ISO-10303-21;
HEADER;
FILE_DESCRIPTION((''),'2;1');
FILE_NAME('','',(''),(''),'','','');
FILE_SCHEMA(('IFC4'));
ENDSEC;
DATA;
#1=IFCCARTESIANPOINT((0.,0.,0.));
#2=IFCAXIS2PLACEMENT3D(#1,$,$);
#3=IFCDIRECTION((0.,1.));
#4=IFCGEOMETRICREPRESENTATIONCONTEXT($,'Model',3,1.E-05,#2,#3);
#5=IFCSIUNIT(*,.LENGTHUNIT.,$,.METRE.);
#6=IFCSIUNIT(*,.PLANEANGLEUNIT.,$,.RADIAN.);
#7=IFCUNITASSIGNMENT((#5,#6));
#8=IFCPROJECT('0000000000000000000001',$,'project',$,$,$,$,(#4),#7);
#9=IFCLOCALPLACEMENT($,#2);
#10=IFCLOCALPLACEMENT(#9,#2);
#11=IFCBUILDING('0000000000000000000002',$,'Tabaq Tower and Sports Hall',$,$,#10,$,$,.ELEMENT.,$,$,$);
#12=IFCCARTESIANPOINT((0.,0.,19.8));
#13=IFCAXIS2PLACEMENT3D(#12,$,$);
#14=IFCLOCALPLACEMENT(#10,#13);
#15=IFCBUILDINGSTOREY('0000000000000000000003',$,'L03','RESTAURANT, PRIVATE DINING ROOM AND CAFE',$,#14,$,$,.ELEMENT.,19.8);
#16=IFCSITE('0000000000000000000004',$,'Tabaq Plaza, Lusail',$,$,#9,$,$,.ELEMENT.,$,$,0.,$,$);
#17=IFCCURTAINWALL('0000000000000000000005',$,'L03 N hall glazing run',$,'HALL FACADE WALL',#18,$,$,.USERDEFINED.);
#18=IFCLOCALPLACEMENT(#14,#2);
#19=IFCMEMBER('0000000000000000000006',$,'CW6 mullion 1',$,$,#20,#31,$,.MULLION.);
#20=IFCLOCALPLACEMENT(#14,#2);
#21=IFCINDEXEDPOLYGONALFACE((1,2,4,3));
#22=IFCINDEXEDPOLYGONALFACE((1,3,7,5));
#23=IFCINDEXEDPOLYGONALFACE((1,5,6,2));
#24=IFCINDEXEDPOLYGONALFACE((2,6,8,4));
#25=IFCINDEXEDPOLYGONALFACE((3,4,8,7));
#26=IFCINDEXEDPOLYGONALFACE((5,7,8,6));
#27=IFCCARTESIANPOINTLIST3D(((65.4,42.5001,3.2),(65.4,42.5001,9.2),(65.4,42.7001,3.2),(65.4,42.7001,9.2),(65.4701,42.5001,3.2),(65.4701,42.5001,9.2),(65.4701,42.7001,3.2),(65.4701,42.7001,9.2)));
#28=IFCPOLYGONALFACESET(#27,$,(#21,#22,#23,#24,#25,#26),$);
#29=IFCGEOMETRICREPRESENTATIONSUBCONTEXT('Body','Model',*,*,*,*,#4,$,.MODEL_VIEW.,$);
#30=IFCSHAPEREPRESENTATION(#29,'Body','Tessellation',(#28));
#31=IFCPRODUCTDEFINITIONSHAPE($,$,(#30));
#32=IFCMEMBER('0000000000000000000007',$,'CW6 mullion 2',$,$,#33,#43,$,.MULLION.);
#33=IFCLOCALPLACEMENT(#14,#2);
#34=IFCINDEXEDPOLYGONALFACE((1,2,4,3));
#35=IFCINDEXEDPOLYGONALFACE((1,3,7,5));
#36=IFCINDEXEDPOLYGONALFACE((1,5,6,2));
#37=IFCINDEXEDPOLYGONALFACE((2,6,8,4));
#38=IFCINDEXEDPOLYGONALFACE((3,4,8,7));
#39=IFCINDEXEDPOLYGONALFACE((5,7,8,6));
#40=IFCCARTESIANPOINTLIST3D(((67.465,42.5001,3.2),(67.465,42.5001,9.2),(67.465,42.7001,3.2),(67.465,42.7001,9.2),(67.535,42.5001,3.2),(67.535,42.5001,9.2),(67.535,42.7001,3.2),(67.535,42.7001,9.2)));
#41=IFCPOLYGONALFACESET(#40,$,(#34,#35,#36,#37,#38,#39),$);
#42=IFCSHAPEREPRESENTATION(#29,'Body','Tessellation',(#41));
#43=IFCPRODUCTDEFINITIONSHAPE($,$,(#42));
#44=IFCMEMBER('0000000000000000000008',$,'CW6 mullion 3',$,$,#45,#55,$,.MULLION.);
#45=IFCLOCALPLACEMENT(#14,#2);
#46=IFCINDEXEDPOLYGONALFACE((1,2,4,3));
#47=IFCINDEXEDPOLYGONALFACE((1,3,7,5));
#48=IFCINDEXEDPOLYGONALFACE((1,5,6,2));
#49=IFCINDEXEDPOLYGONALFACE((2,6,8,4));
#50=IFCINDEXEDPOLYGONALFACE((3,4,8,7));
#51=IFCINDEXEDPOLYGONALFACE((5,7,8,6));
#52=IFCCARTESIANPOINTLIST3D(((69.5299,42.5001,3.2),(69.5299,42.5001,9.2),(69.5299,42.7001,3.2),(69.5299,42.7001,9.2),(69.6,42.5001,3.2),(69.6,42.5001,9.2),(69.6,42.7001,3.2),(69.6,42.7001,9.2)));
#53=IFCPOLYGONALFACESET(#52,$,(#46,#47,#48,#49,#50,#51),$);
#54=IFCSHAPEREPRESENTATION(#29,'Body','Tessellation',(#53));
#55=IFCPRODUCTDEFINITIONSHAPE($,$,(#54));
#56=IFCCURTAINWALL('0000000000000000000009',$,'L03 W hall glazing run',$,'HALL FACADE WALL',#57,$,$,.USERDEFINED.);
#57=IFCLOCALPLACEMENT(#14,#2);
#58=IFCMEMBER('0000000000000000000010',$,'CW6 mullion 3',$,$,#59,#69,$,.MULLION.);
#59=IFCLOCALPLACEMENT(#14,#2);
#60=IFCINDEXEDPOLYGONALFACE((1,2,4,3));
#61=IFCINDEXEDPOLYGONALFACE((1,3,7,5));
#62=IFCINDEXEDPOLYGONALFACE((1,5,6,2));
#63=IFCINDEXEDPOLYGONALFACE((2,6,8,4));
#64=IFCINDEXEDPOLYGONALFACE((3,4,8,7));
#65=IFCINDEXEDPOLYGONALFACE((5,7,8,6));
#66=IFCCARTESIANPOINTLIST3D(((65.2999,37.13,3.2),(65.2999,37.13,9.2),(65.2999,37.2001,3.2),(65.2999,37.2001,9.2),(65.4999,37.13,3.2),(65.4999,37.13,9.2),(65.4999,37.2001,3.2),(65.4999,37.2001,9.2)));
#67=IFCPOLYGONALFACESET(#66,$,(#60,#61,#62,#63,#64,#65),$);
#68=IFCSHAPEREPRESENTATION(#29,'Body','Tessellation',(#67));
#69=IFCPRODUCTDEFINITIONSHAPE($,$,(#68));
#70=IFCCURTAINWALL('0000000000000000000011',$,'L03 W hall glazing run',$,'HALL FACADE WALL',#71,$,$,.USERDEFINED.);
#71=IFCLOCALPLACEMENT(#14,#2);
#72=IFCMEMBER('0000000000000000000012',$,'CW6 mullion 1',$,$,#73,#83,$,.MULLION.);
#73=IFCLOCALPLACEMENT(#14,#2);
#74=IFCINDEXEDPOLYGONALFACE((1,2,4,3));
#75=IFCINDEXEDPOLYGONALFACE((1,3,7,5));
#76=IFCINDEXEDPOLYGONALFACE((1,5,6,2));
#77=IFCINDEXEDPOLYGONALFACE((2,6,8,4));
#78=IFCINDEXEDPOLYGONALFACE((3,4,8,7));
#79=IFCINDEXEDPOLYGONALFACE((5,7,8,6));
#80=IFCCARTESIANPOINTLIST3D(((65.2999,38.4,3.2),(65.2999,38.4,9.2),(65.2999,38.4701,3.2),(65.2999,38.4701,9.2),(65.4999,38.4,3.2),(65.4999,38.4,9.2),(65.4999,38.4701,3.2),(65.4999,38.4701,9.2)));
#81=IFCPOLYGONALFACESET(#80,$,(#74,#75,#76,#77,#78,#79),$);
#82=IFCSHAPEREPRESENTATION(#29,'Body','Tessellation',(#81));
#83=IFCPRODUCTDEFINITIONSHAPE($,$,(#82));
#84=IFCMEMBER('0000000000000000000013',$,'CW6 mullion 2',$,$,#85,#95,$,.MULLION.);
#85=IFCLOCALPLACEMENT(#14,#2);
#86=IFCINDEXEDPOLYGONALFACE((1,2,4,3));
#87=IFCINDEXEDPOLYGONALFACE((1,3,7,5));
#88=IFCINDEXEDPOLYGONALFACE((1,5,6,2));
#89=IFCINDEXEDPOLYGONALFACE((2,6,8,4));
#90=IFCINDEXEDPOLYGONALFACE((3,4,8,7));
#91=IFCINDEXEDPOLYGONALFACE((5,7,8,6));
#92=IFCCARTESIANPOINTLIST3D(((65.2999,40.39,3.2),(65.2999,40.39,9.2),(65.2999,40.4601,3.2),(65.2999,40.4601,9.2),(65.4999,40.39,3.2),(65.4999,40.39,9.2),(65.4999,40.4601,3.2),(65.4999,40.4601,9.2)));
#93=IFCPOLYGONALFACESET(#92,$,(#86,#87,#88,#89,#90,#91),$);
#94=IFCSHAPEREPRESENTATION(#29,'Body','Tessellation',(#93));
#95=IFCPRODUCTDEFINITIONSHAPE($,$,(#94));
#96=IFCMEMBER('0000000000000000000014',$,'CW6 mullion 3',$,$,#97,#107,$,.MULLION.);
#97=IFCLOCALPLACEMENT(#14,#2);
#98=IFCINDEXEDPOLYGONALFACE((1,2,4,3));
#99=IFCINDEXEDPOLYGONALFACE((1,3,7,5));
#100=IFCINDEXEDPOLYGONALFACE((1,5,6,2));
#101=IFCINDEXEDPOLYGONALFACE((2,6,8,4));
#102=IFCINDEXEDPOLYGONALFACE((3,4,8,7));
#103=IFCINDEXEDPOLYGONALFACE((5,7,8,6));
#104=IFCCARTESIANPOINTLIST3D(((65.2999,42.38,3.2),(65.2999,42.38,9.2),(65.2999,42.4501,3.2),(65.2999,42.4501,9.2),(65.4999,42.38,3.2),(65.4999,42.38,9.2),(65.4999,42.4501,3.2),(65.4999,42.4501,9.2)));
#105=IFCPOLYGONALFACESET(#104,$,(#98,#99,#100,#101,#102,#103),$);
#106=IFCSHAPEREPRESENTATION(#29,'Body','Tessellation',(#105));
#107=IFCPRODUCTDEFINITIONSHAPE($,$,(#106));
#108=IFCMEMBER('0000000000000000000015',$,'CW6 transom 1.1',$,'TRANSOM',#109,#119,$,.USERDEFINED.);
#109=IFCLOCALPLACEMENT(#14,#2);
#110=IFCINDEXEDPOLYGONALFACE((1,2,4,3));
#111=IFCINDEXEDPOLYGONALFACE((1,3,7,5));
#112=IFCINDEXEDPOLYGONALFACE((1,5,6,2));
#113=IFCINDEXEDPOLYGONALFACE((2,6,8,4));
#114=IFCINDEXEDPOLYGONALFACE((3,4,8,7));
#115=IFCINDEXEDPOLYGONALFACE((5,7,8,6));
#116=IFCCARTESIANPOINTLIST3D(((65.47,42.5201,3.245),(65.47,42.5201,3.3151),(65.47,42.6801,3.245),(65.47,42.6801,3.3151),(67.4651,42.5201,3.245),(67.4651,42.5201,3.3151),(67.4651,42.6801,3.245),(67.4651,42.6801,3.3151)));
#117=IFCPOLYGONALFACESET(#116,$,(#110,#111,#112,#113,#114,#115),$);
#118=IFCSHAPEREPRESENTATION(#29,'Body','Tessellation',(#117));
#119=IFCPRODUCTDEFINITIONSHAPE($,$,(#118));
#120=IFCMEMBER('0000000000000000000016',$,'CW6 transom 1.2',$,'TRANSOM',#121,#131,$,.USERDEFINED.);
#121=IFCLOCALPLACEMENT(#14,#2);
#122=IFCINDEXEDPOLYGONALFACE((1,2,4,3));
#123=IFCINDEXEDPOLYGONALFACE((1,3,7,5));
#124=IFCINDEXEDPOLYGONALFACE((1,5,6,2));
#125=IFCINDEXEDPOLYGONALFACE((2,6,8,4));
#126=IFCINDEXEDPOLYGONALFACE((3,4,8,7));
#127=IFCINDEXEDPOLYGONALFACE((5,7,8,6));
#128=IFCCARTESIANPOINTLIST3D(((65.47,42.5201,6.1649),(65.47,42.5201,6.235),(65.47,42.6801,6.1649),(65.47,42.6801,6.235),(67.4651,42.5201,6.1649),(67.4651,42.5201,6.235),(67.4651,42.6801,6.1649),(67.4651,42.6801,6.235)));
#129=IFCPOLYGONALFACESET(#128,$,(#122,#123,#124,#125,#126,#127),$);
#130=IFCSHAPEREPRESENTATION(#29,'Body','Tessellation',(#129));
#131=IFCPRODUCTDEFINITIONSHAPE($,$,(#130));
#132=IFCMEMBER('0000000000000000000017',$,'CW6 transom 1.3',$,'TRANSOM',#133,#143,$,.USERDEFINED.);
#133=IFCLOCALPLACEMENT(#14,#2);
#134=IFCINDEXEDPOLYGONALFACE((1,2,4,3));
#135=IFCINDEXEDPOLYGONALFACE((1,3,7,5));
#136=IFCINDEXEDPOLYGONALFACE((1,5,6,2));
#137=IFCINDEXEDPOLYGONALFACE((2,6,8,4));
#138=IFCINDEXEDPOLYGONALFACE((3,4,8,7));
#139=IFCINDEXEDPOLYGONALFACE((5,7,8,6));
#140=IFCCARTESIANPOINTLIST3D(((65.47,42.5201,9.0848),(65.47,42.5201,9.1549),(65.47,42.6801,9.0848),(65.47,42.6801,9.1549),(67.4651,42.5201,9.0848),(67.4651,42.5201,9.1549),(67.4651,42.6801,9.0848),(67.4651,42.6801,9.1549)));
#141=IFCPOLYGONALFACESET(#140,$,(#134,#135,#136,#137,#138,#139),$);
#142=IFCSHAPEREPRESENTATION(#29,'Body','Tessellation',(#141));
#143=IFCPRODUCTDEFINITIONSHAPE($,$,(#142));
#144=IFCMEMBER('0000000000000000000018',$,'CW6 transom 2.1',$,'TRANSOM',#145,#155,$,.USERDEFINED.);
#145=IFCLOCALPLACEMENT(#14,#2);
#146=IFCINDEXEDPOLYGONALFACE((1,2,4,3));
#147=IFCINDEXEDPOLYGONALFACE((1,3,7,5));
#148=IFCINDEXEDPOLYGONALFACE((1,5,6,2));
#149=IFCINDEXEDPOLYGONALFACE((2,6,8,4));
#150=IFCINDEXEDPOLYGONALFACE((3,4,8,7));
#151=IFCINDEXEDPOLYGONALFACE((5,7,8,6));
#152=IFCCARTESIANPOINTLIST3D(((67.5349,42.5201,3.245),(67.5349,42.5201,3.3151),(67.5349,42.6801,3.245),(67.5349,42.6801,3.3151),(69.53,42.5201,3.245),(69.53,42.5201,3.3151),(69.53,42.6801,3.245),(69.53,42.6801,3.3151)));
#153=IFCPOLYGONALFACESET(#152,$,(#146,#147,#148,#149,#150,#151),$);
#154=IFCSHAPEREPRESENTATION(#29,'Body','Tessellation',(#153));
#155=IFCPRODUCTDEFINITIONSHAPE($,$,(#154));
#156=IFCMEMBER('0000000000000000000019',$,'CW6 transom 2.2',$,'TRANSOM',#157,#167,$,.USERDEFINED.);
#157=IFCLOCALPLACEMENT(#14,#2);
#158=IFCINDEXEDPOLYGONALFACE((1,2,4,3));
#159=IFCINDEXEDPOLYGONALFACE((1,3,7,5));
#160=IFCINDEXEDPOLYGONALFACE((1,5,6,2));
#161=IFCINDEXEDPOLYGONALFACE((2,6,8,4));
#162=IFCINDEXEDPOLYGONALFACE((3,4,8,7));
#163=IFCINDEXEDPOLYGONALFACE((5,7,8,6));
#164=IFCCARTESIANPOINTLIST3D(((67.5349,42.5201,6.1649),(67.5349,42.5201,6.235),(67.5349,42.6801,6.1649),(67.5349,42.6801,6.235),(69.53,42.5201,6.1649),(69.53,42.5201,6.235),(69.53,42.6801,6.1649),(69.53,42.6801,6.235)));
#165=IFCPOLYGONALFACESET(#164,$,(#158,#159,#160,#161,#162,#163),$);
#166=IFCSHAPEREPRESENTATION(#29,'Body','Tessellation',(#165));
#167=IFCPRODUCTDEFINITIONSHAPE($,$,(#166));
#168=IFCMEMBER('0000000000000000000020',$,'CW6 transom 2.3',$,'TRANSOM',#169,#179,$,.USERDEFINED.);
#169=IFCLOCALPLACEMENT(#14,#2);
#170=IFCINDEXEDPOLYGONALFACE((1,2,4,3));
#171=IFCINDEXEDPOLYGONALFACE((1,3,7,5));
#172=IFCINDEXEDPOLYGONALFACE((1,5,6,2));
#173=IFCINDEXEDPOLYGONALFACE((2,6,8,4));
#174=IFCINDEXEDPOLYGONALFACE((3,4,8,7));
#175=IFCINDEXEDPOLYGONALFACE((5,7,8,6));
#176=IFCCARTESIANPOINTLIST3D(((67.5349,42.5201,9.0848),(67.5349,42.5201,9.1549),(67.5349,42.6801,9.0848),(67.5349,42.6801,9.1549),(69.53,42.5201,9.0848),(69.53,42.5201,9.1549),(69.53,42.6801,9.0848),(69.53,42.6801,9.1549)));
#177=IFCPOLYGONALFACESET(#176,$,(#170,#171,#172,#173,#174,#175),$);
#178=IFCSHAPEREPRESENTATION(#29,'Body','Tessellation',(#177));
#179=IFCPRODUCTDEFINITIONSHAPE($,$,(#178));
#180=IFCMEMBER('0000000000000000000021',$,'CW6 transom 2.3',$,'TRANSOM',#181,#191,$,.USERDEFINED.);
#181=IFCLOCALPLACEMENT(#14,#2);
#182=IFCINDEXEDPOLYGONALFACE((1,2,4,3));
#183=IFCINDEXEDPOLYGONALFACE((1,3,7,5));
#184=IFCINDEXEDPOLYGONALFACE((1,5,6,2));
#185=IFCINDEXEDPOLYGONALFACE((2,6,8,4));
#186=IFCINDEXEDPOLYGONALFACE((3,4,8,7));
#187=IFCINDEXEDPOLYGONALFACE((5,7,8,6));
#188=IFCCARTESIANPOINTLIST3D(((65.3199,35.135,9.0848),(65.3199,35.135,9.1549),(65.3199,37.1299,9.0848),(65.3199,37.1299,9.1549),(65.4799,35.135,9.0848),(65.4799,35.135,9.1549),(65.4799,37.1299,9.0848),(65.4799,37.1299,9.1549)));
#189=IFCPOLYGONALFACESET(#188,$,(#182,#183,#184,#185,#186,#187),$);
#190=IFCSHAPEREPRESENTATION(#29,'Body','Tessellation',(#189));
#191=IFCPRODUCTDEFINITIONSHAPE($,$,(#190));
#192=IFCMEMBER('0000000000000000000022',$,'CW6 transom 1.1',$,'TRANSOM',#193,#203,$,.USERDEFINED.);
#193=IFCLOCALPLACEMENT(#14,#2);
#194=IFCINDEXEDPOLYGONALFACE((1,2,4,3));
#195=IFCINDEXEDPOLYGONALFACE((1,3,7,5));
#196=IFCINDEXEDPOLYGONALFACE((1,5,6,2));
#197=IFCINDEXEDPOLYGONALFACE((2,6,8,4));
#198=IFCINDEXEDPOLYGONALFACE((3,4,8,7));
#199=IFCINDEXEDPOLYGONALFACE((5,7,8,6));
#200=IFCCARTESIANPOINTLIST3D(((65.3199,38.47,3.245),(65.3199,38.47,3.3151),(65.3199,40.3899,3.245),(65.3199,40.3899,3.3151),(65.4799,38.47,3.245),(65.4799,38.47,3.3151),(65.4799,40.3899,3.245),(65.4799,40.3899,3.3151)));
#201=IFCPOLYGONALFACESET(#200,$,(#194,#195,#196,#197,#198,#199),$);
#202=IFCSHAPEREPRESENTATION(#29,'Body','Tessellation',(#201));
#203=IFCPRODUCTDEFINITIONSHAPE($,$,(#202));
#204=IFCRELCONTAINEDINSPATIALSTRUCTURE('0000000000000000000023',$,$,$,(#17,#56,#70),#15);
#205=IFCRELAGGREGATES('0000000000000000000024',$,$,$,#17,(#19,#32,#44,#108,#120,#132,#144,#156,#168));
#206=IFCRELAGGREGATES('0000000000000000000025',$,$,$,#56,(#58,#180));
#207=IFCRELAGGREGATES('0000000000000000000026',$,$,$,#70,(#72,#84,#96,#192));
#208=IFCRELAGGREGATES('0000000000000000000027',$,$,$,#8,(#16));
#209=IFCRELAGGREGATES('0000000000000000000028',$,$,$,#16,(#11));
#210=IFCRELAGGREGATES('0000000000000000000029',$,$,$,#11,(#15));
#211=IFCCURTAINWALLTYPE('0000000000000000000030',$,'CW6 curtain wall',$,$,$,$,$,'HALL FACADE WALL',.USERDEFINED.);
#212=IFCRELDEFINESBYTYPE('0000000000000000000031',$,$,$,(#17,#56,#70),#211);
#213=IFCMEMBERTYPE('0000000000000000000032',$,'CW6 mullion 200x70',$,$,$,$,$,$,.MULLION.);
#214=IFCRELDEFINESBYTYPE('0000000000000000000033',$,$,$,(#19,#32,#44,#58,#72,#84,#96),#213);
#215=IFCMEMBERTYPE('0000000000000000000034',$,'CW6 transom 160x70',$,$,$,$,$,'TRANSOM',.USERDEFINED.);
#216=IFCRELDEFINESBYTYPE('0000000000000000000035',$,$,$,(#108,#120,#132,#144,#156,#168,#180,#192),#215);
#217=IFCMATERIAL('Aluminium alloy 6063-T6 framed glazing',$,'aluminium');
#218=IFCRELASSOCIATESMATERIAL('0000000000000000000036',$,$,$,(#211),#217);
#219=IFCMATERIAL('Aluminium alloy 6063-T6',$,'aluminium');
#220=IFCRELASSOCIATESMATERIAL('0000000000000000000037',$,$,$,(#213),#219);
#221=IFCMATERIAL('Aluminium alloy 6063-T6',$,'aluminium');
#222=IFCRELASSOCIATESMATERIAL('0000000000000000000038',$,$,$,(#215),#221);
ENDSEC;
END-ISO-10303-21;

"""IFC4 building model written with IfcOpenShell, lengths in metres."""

from ifc_helpers import new_model, si_unit, direction, frame, origin, origin_2d, place, context, subcontext, project, spatial, rectangle, extrude, material, material_profile, profile_set, type_object, element, aggregate, save


model = new_model("IFC4")

# Units and contexts
model_context = context("Model", 3, precision=1e-05, world=origin(), true_north=direction((0.0, 1.0)))
body_context = subcontext(model_context, "Body", "Model", "MODEL_VIEW")
ifc_project = project(units=[si_unit("LENGTHUNIT", "METRE"), si_unit("PLANEANGLEUNIT", "RADIAN")], contexts=[model_context])

# Site, building, storey
site_placement = place(None, origin())
site = spatial("IfcSite", under=ifc_project, at=site_placement, Name="Tabaq Plaza, Lusail", CompositionType="ELEMENT", RefElevation=0.0)
building_placement = place(site_placement, origin())
building = spatial("IfcBuilding", under=site, at=building_placement, Name="Tabaq Tower and Sports Hall", CompositionType="ELEMENT")
storey_placement = place(building_placement, frame((0.0, 0.0, 19.8)))
storey = spatial("IfcBuildingStorey", under=building, at=storey_placement, Name="L03", Description="RESTAURANT, PRIVATE DINING ROOM AND CAFE", CompositionType="ELEMENT", Elevation=19.8)

# Curtain wall, members
ifc_material_1 = material(Name="Aluminium alloy 6063-T6 framed glazing", Category="aluminium")
curtain_wall_type = type_object("IfcCurtainWallType", Name="CW6 curtain wall", ElementType="HALL FACADE WALL", PredefinedType="USERDEFINED", material=ifc_material_1)
curtain_wall_1_placement = place(storey_placement, origin())
curtain_wall_1 = element("IfcCurtainWall", 1, at=curtain_wall_1_placement, inside=storey, type_object=curtain_wall_type, Name="L03 N hall glazing run", ObjectType="HALL FACADE WALL", PredefinedType="USERDEFINED")
ifc_material_2 = material(Name="Aluminium alloy 6063-T6", Category="aluminium")
ifc_material_profile_1 = material_profile(ifc_material_2, rectangle(XDim=0.2, YDim=0.0701, at=origin_2d()), Name="MULLION 200x70")
ifc_profile_set_1 = profile_set([ifc_material_profile_1], Name="Aluminium alloy 6063-T6")
member_type_1 = type_object("IfcMemberType", Name="CW6 mullion 200x70", PredefinedType="MULLION", material=ifc_profile_set_1)
member_1_placement = place(storey_placement, frame((65.4351, 42.6001, 3.2), z_axis=(0.0, 0.0, 1.0), x_axis=(0.0, 1.0, 0.0)))
member_1 = element("IfcMember", 2, at=member_1_placement, type_object=member_type_1, Name="CW6 mullion 1", PredefinedType="MULLION", context=body_context, shape_type="SweptSolid", body=[
    extrude(rectangle(XDim=0.2, YDim=0.0701, at=origin_2d()), origin(), (0.0, 0.0, 1.0), 6.0),
])
member_2_placement = place(storey_placement, frame((67.5, 42.6001, 3.2), z_axis=(0.0, 0.0, 1.0), x_axis=(0.0, 1.0, 0.0)))
member_2 = element("IfcMember", 3, at=member_2_placement, type_object=member_type_1, Name="CW6 mullion 2", PredefinedType="MULLION", context=body_context, shape_type="SweptSolid", body=[
    extrude(rectangle(XDim=0.2, YDim=0.0701, at=origin_2d()), origin(), (0.0, 0.0, 1.0), 6.0),
])
member_3_placement = place(storey_placement, frame((69.5649, 42.6001, 3.2), z_axis=(0.0, 0.0, 1.0), x_axis=(0.0, 1.0, 0.0)))
member_3 = element("IfcMember", 4, at=member_3_placement, type_object=member_type_1, Name="CW6 mullion 3", PredefinedType="MULLION", context=body_context, shape_type="SweptSolid", body=[
    extrude(rectangle(XDim=0.2, YDim=0.0701, at=origin_2d()), origin(), (0.0, 0.0, 1.0), 6.0),
])

# Curtain wall, member
curtain_wall_2_placement = place(storey_placement, origin())
curtain_wall_2 = element("IfcCurtainWall", 5, at=curtain_wall_2_placement, inside=storey, type_object=curtain_wall_type, Name="L03 W hall glazing run", ObjectType="HALL FACADE WALL", PredefinedType="USERDEFINED")
member_4_placement = place(storey_placement, frame((65.3999, 37.165, 3.2), z_axis=(0.0, 0.0, 1.0), x_axis=(-1.0, 0.0, 0.0)))
member_4 = element("IfcMember", 6, at=member_4_placement, type_object=member_type_1, Name="CW6 mullion 3", PredefinedType="MULLION", context=body_context, shape_type="SweptSolid", body=[
    extrude(rectangle(XDim=0.2, YDim=0.0701, at=origin_2d()), origin(), (0.0, 0.0, 1.0), 6.0),
])

# Curtain wall, members
curtain_wall_3_placement = place(storey_placement, origin())
curtain_wall_3 = element("IfcCurtainWall", 7, at=curtain_wall_3_placement, inside=storey, type_object=curtain_wall_type, Name="L03 W hall glazing run", ObjectType="HALL FACADE WALL", PredefinedType="USERDEFINED")
member_5_placement = place(storey_placement, frame((65.3999, 38.4351, 3.2), z_axis=(0.0, 0.0, 1.0), x_axis=(-1.0, 0.0, 0.0)))
member_5 = element("IfcMember", 8, at=member_5_placement, type_object=member_type_1, Name="CW6 mullion 1", PredefinedType="MULLION", context=body_context, shape_type="SweptSolid", body=[
    extrude(rectangle(XDim=0.2, YDim=0.0701, at=origin_2d()), origin(), (0.0, 0.0, 1.0), 6.0),
])
member_6_placement = place(storey_placement, frame((65.3999, 40.425, 3.2), z_axis=(0.0, 0.0, 1.0), x_axis=(-1.0, 0.0, 0.0)))
member_6 = element("IfcMember", 9, at=member_6_placement, type_object=member_type_1, Name="CW6 mullion 2", PredefinedType="MULLION", context=body_context, shape_type="SweptSolid", body=[
    extrude(rectangle(XDim=0.2, YDim=0.0701, at=origin_2d()), origin(), (0.0, 0.0, 1.0), 6.0),
])
member_7_placement = place(storey_placement, frame((65.3999, 42.415, 3.2), z_axis=(0.0, 0.0, 1.0), x_axis=(-1.0, 0.0, 0.0)))
member_7 = element("IfcMember", 10, at=member_7_placement, type_object=member_type_1, Name="CW6 mullion 3", PredefinedType="MULLION", context=body_context, shape_type="SweptSolid", body=[
    extrude(rectangle(XDim=0.2, YDim=0.0701, at=origin_2d()), origin(), (0.0, 0.0, 1.0), 6.0),
])

# Members
ifc_material_3 = material(Name="Aluminium alloy 6063-T6", Category="aluminium")
ifc_material_profile_2 = material_profile(ifc_material_3, rectangle(XDim=0.1599, YDim=0.0701, at=origin_2d()), Name="TRANSOM 160x70")
ifc_profile_set_2 = profile_set([ifc_material_profile_2], Name="Aluminium alloy 6063-T6")
member_type_2 = type_object("IfcMemberType", Name="CW6 transom 160x70", ElementType="TRANSOM", PredefinedType="USERDEFINED", material=ifc_profile_set_2)
member_8_placement = place(storey_placement, frame((65.47, 42.6001, 3.28), z_axis=(1.0, 0.0, 0.0), x_axis=(0.0, 1.0, 0.0)))
member_8 = element("IfcMember", 11, at=member_8_placement, type_object=member_type_2, Name="CW6 transom 1.1", ObjectType="TRANSOM", PredefinedType="USERDEFINED", context=body_context, shape_type="SweptSolid", body=[
    extrude(rectangle(XDim=0.1599, YDim=0.0701, at=origin_2d()), origin(), (0.0, 0.0, 1.0), 1.9951),
])
member_9_placement = place(storey_placement, frame((65.47, 42.6001, 6.2), z_axis=(1.0, 0.0, 0.0), x_axis=(0.0, 1.0, 0.0)))
member_9 = element("IfcMember", 12, at=member_9_placement, type_object=member_type_2, Name="CW6 transom 1.2", ObjectType="TRANSOM", PredefinedType="USERDEFINED", context=body_context, shape_type="SweptSolid", body=[
    extrude(rectangle(XDim=0.1599, YDim=0.0701, at=origin_2d()), origin(), (0.0, 0.0, 1.0), 1.9951),
])
member_10_placement = place(storey_placement, frame((65.47, 42.6001, 9.1199), z_axis=(1.0, 0.0, 0.0), x_axis=(0.0, 1.0, 0.0)))
member_10 = element("IfcMember", 13, at=member_10_placement, type_object=member_type_2, Name="CW6 transom 1.3", ObjectType="TRANSOM", PredefinedType="USERDEFINED", context=body_context, shape_type="SweptSolid", body=[
    extrude(rectangle(XDim=0.1599, YDim=0.0701, at=origin_2d()), origin(), (0.0, 0.0, 1.0), 1.9951),
])
member_11_placement = place(storey_placement, frame((67.5349, 42.6001, 3.28), z_axis=(1.0, 0.0, 0.0), x_axis=(0.0, 1.0, 0.0)))
member_11 = element("IfcMember", 14, at=member_11_placement, type_object=member_type_2, Name="CW6 transom 2.1", ObjectType="TRANSOM", PredefinedType="USERDEFINED", context=body_context, shape_type="SweptSolid", body=[
    extrude(rectangle(XDim=0.1599, YDim=0.0701, at=origin_2d()), origin(), (0.0, 0.0, 1.0), 1.9951),
])
member_12_placement = place(storey_placement, frame((67.5349, 42.6001, 6.2), z_axis=(1.0, 0.0, 0.0), x_axis=(0.0, 1.0, 0.0)))
member_12 = element("IfcMember", 15, at=member_12_placement, type_object=member_type_2, Name="CW6 transom 2.2", ObjectType="TRANSOM", PredefinedType="USERDEFINED", context=body_context, shape_type="SweptSolid", body=[
    extrude(rectangle(XDim=0.1599, YDim=0.0701, at=origin_2d()), origin(), (0.0, 0.0, 1.0), 1.9951),
])
member_13_placement = place(storey_placement, frame((67.5349, 42.6001, 9.1199), z_axis=(1.0, 0.0, 0.0), x_axis=(0.0, 1.0, 0.0)))
member_13 = element("IfcMember", 16, at=member_13_placement, type_object=member_type_2, Name="CW6 transom 2.3", ObjectType="TRANSOM", PredefinedType="USERDEFINED", context=body_context, shape_type="SweptSolid", body=[
    extrude(rectangle(XDim=0.1599, YDim=0.0701, at=origin_2d()), origin(), (0.0, 0.0, 1.0), 1.9951),
])
member_14_placement = place(storey_placement, frame((65.3999, 35.135, 9.1199), z_axis=(0.0, 1.0, 0.0), x_axis=(-1.0, 0.0, 0.0)))
member_14 = element("IfcMember", 17, at=member_14_placement, type_object=member_type_2, Name="CW6 transom 2.3", ObjectType="TRANSOM", PredefinedType="USERDEFINED", context=body_context, shape_type="SweptSolid", body=[
    extrude(rectangle(XDim=0.1599, YDim=0.0701, at=origin_2d()), origin(), (0.0, 0.0, 1.0), 1.9949),
])
member_15_placement = place(storey_placement, frame((65.3999, 38.47, 3.28), z_axis=(0.0, 1.0, 0.0), x_axis=(-1.0, 0.0, 0.0)))
member_15 = element("IfcMember", 18, at=member_15_placement, type_object=member_type_2, Name="CW6 transom 1.1", ObjectType="TRANSOM", PredefinedType="USERDEFINED", context=body_context, shape_type="SweptSolid", body=[
    extrude(rectangle(XDim=0.1599, YDim=0.0701, at=origin_2d()), origin(), (0.0, 0.0, 1.0), 1.9199),
])

aggregate(curtain_wall_1, [member_1, member_2, member_3, member_8, member_9, member_10, member_11, member_12, member_13])
aggregate(curtain_wall_2, [member_4, member_14])
aggregate(curtain_wall_3, [member_5, member_6, member_7, member_15])

save(model, "model.ifc")
